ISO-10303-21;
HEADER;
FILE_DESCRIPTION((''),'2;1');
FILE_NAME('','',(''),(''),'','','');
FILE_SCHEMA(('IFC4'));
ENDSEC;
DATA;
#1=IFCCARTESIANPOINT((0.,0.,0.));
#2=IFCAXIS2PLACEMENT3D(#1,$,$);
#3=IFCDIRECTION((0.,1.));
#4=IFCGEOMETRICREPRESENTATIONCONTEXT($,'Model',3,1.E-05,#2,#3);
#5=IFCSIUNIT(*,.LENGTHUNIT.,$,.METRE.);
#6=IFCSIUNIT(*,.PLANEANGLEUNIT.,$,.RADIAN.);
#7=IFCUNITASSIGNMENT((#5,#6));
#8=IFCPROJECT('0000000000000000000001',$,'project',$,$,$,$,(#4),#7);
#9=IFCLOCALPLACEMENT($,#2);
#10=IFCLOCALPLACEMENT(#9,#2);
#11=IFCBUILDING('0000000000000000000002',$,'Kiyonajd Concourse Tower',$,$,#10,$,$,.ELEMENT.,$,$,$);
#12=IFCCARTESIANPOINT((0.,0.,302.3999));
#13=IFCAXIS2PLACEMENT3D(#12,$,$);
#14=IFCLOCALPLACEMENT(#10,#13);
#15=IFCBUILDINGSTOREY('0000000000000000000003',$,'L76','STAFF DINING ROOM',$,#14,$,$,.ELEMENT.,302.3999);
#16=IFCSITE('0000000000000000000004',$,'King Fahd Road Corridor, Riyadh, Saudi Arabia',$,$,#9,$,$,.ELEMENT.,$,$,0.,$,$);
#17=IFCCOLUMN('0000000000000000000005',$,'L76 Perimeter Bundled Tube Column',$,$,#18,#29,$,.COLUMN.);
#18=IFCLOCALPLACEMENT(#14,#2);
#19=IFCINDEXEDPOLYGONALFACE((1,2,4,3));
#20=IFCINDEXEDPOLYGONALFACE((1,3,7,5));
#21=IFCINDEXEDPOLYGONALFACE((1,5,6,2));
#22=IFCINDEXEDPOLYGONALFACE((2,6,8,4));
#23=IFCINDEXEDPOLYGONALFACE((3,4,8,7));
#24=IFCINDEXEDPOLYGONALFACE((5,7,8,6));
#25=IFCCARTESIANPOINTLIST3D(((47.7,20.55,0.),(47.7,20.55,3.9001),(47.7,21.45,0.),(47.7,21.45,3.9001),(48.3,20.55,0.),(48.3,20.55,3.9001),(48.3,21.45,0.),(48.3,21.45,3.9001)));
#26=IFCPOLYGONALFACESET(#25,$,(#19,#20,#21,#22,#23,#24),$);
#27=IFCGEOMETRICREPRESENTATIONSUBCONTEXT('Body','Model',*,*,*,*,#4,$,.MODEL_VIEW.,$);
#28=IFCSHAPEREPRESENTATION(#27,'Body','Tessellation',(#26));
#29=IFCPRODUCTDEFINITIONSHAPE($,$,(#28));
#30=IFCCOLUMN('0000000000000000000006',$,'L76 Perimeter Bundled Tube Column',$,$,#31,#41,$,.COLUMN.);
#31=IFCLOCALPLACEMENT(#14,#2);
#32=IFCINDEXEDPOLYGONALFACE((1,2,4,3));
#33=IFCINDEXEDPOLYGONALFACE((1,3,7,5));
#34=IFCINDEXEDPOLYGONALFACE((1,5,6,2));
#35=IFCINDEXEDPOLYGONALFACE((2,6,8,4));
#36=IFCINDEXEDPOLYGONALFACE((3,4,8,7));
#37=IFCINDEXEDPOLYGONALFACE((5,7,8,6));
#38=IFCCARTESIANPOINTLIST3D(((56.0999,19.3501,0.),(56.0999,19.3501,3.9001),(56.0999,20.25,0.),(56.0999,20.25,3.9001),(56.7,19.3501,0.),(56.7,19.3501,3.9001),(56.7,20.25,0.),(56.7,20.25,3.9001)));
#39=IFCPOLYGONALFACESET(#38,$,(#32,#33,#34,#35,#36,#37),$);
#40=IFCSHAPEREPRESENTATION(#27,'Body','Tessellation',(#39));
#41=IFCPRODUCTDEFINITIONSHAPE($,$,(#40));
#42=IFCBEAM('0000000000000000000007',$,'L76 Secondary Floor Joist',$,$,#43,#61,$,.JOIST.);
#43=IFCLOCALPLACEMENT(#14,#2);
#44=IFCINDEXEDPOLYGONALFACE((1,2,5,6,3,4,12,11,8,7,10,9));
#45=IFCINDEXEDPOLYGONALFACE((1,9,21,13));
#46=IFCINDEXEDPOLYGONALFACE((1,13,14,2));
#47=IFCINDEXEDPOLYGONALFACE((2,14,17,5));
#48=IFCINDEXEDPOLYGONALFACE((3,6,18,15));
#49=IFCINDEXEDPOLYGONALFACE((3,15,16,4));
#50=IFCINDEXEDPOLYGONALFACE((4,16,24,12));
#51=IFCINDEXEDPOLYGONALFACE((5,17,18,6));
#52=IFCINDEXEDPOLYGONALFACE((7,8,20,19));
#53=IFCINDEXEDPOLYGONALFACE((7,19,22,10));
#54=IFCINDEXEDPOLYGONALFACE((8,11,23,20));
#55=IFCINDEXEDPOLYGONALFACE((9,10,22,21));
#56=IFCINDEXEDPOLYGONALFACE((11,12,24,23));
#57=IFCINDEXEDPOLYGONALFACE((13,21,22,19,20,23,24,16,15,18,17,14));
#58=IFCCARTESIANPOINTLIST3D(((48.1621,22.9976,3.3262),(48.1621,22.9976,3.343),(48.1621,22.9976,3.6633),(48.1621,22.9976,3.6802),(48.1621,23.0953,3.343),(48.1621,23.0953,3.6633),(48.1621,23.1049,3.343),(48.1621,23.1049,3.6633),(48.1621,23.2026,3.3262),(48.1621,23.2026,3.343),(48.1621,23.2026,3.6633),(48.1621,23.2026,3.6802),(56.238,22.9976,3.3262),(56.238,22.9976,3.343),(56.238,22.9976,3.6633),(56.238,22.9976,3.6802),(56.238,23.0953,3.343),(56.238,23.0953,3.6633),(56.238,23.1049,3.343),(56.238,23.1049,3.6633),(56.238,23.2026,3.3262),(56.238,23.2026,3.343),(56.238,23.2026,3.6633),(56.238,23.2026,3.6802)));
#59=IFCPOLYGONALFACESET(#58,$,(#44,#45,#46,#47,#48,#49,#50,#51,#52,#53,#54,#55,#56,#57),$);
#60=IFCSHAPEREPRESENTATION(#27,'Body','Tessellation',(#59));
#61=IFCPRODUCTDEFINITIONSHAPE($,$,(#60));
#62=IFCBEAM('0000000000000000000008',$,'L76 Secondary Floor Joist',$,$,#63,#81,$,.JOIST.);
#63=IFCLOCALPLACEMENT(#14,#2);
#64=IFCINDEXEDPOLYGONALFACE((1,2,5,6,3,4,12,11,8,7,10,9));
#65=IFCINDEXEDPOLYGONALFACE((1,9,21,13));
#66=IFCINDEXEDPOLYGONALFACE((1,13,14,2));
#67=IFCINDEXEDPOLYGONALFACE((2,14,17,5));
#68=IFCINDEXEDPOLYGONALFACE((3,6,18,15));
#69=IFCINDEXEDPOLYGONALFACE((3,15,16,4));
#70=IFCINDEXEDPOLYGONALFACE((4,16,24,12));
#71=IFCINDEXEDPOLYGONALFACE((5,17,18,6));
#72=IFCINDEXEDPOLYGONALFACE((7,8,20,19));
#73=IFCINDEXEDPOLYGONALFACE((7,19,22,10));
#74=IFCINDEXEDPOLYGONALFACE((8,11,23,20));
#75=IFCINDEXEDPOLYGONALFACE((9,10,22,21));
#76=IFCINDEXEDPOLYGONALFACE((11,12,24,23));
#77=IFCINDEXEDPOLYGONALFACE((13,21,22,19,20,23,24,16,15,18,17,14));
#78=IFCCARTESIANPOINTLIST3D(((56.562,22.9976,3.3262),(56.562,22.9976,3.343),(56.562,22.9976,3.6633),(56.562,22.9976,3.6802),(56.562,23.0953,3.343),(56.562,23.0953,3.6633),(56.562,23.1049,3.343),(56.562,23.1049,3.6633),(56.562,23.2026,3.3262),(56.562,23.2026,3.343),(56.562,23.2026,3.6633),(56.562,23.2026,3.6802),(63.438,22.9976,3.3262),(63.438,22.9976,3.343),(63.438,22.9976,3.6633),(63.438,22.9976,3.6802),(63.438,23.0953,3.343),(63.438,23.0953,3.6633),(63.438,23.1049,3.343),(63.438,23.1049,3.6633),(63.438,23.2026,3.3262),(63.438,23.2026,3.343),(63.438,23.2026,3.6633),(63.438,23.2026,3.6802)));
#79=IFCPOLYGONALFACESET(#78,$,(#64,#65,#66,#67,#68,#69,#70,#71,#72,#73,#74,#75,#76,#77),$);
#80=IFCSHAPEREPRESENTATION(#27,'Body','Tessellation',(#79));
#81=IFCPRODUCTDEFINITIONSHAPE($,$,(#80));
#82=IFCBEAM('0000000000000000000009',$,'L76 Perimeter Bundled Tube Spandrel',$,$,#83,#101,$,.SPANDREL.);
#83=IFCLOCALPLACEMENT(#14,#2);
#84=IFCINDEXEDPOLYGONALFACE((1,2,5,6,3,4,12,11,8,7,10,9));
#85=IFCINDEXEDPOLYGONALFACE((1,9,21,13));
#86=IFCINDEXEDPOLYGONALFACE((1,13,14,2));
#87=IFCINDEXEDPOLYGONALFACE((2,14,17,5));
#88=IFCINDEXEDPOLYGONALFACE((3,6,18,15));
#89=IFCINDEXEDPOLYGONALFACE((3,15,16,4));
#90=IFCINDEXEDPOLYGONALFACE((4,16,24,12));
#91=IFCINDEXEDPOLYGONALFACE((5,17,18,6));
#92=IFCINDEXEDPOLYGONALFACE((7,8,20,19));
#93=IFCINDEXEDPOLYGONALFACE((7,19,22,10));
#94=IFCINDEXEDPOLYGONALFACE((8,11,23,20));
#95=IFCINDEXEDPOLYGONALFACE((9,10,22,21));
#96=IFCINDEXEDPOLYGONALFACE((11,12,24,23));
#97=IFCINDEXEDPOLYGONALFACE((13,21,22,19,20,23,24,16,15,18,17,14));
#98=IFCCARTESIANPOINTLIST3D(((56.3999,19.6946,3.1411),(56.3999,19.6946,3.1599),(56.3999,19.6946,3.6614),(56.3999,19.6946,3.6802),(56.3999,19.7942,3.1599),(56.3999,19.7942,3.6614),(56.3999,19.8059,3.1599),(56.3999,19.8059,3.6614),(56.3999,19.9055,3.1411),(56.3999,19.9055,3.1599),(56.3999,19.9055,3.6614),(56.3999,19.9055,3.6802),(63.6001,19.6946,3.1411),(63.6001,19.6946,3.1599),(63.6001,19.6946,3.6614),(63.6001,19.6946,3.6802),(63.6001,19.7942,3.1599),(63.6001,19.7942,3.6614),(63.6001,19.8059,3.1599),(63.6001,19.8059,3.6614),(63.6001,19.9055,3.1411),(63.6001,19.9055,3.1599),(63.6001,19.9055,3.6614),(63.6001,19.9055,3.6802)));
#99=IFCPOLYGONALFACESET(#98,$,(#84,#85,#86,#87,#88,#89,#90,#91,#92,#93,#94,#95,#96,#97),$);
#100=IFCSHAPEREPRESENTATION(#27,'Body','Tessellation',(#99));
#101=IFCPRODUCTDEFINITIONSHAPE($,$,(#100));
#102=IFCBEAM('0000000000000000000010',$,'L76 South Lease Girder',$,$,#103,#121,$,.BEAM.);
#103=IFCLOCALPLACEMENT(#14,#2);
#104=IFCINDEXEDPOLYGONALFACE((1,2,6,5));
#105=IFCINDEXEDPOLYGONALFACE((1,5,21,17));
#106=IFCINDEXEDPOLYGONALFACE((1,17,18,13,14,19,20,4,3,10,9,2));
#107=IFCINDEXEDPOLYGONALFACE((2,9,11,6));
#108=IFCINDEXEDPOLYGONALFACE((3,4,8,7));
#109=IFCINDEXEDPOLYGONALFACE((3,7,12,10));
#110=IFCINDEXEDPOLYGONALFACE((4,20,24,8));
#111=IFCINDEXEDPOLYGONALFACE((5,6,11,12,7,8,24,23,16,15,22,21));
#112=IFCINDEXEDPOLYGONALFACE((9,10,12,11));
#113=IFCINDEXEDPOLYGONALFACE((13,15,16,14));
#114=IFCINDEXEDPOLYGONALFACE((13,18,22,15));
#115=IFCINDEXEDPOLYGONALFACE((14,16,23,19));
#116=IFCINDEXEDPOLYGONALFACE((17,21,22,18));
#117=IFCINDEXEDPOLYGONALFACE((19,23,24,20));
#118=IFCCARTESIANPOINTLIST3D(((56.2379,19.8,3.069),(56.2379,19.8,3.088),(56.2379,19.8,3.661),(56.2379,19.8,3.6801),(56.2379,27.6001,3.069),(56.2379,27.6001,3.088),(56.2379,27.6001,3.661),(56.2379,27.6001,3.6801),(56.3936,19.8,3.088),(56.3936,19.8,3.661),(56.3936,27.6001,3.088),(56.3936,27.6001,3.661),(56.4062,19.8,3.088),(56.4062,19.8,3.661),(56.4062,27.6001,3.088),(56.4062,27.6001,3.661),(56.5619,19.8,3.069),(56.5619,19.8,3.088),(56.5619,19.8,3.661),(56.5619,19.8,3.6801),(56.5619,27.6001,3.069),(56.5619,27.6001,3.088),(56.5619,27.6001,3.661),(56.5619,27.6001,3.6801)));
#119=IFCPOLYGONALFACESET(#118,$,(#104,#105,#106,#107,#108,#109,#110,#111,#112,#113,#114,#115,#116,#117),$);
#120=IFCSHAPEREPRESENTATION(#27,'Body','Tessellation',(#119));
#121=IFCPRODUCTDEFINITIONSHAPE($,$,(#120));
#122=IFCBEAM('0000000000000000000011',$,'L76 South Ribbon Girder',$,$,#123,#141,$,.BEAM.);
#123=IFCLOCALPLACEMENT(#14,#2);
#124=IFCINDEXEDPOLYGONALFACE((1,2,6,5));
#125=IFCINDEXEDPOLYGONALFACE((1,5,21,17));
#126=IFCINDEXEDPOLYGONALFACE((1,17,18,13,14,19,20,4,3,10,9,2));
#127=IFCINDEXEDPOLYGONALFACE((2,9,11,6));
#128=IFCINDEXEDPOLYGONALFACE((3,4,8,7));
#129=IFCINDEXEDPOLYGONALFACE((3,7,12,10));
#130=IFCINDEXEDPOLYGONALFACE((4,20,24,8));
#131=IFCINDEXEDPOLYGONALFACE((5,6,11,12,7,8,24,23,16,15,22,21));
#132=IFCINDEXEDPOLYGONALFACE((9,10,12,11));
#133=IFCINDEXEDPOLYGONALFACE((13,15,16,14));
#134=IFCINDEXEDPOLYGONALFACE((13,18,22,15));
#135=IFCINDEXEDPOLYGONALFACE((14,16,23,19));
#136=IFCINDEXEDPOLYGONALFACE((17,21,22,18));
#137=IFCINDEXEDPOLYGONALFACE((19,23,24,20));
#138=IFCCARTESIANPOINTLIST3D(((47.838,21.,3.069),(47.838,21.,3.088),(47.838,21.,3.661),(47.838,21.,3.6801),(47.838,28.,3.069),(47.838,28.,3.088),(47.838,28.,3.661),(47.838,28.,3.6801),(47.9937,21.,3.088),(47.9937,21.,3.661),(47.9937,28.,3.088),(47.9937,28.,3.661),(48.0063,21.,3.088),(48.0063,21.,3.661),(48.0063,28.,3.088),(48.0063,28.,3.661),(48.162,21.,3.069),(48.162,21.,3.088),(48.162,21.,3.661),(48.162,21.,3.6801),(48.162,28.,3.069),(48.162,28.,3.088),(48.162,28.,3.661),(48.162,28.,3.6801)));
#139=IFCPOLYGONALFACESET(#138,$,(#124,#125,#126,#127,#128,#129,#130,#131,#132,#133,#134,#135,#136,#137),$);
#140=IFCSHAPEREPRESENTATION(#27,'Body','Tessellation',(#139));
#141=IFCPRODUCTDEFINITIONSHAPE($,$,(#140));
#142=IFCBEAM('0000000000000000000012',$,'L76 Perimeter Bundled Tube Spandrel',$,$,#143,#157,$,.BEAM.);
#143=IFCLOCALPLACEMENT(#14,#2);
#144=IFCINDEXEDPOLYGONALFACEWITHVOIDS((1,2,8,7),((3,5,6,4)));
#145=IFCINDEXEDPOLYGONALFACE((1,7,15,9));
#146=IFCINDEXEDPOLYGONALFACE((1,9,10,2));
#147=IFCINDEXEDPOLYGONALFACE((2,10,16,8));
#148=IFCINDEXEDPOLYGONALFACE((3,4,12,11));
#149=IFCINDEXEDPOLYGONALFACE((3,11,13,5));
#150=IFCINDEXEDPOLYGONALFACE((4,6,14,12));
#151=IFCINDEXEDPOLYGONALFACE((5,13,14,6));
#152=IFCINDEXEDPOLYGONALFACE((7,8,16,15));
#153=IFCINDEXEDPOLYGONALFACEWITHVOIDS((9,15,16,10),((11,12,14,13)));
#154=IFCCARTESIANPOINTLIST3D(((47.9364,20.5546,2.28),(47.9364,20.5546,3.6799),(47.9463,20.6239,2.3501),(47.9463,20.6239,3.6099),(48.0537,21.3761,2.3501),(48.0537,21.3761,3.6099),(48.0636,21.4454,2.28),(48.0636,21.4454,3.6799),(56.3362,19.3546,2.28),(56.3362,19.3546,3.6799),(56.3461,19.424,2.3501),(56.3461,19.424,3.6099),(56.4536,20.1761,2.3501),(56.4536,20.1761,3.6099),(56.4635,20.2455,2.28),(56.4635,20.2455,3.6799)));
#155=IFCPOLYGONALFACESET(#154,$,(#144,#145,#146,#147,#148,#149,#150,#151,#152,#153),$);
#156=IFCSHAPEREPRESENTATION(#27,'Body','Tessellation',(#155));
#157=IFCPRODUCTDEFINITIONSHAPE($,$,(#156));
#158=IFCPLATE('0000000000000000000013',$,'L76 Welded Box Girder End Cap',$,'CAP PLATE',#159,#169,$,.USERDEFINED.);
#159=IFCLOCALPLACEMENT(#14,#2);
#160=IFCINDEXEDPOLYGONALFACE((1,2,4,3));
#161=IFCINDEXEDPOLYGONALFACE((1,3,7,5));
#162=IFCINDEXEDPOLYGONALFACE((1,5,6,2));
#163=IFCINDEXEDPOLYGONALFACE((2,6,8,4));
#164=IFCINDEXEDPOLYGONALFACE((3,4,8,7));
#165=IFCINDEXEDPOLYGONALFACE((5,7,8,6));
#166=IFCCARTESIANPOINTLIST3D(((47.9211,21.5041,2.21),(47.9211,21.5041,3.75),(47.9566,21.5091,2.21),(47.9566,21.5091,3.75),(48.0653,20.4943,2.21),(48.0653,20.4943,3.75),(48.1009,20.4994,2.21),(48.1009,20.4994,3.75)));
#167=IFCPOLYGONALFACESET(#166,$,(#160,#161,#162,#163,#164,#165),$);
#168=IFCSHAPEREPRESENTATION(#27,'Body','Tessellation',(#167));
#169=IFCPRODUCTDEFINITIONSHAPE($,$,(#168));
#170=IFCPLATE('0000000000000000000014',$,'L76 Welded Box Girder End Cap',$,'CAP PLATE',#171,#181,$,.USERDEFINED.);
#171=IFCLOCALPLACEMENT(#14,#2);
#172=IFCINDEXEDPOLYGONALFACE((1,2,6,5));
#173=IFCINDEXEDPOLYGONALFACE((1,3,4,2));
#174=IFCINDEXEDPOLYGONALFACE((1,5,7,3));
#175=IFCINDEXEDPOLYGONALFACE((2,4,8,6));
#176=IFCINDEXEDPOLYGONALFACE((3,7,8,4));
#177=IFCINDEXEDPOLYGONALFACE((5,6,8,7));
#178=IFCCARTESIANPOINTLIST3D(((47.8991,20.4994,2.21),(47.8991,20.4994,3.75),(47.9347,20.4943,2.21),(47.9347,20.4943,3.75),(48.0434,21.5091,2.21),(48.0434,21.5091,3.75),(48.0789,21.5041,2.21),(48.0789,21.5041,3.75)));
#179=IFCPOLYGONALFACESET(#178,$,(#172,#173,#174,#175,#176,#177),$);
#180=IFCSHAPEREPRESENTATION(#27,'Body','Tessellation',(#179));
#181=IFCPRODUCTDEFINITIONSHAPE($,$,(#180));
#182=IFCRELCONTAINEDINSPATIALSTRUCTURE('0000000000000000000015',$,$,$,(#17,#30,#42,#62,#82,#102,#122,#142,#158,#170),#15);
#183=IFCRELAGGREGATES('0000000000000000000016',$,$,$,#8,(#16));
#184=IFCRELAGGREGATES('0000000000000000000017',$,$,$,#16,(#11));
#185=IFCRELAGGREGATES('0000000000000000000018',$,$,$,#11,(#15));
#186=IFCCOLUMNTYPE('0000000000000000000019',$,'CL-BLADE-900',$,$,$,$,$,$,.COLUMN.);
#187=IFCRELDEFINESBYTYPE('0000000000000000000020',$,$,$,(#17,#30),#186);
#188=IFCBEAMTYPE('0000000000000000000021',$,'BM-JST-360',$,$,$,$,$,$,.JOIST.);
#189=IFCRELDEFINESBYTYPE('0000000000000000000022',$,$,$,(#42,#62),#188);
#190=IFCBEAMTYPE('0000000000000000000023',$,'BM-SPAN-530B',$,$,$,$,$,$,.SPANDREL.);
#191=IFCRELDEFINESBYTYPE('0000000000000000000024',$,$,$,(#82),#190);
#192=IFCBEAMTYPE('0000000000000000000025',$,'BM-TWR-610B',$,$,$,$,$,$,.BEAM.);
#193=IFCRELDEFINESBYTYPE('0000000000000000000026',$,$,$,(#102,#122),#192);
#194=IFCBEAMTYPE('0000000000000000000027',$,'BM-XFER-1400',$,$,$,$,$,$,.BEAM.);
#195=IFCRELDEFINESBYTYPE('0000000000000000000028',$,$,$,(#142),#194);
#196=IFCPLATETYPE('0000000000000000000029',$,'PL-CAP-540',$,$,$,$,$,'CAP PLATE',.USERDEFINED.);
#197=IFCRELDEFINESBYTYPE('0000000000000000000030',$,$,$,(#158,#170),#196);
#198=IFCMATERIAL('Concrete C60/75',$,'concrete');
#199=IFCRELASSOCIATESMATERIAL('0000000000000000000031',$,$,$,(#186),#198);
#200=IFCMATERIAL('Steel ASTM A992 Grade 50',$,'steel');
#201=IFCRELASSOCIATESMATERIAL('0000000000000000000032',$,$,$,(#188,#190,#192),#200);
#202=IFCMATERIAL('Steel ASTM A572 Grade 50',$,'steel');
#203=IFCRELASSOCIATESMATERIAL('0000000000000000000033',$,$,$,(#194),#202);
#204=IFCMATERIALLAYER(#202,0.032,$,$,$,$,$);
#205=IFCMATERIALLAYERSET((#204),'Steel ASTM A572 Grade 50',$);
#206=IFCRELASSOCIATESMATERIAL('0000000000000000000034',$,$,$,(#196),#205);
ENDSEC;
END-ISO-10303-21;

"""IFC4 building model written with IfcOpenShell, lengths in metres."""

from ifc_helpers import new_model, si_unit, direction, frame, origin, origin_2d, place, context, subcontext, project, spatial, rectangle, hollow_rectangle, i_section, extrude, material, layer, layer_set, material_profile, profile_set, type_object, element, save


model = new_model("IFC4")

# Units and contexts
model_context = context("Model", 3, precision=1e-05, world=origin(), true_north=direction((0.0, 1.0)))
body_context = subcontext(model_context, "Body", "Model", "MODEL_VIEW")
ifc_project = project(units=[si_unit("LENGTHUNIT", "METRE"), si_unit("PLANEANGLEUNIT", "RADIAN")], contexts=[model_context])

# Site, building, storey
site_placement = place(None, origin())
site = spatial("IfcSite", under=ifc_project, at=site_placement, Name="King Fahd Road Corridor, Riyadh, Saudi Arabia", CompositionType="ELEMENT", RefElevation=0.0)
building_placement = place(site_placement, origin())
building = spatial("IfcBuilding", under=site, at=building_placement, Name="Kiyonajd Concourse Tower", CompositionType="ELEMENT")
storey_placement = place(building_placement, frame((0.0, 0.0, 302.3999)))
storey = spatial("IfcBuildingStorey", under=building, at=storey_placement, Name="L76", Description="STAFF DINING ROOM", CompositionType="ELEMENT", Elevation=302.3999)

# Columns
ifc_material_1 = material(Name="Concrete C60/75", Category="concrete")
ifc_material_profile_1 = material_profile(ifc_material_1, rectangle(XDim=0.6001, YDim=0.8999, at=origin_2d()), Name="RC-900x600")
ifc_profile_set_1 = profile_set([ifc_material_profile_1], Name="Concrete C60/75")
column_type = type_object("IfcColumnType", Name="CL-BLADE-900", PredefinedType="COLUMN", material=ifc_profile_set_1)
for number, where, z_axis, x_axis, name in (
    (1, (48.0, 21.0, 0.0), (0.0, 0.0, 1.0), (1.0, 0.0, 0.0), "L76 Perimeter Bundled Tube Column"),
    (2, (56.3999, 19.8, 0.0), (0.0, 0.0, 1.0), (1.0, 0.0, 0.0), "L76 Perimeter Bundled Tube Column"),
):
    element("IfcColumn", number, at=place(storey_placement, frame(where, z_axis=z_axis, x_axis=x_axis)), inside=storey, type_object=column_type, Name=name, PredefinedType="COLUMN", context=body_context, shape_type="SweptSolid", body=[
        extrude(rectangle(XDim=0.6001, YDim=0.8999, at=origin_2d()), origin(), (0.0, 0.0, 1.0), 3.9001),
    ])

# Beams
ifc_material_2 = material(Name="Steel ASTM A992 Grade 50", Category="steel")
ifc_material_profile_2 = material_profile(ifc_material_2, i_section(OverallWidth=0.2051, OverallDepth=0.354, WebThickness=0.0095, FlangeThickness=0.0168, at=origin_2d()), Name="W360X79")
ifc_profile_set_2 = profile_set([ifc_material_profile_2], Name="Steel ASTM A992 Grade 50")
beam_type_1 = type_object("IfcBeamType", Name="BM-JST-360", PredefinedType="JOIST", material=ifc_profile_set_2)
beam_1_placement = place(storey_placement, frame((48.1621, 23.1001, 3.5032), z_axis=(1.0, 0.0, 0.0), x_axis=(0.0, 1.0, 0.0)))
element("IfcBeam", 3, at=beam_1_placement, inside=storey, type_object=beam_type_1, Name="L76 Secondary Floor Joist", PredefinedType="JOIST", context=body_context, shape_type="SweptSolid", body=[
    extrude(i_section(OverallWidth=0.2051, OverallDepth=0.354, WebThickness=0.0095, FlangeThickness=0.0168, at=origin_2d()), origin(), (0.0, 0.0, 1.0), 8.0759),
])
beam_2_placement = place(storey_placement, frame((56.562, 23.1001, 3.5032), z_axis=(1.0, 0.0, 0.0), x_axis=(0.0, 1.0, 0.0)))
element("IfcBeam", 4, at=beam_2_placement, inside=storey, type_object=beam_type_1, Name="L76 Secondary Floor Joist", PredefinedType="JOIST", context=body_context, shape_type="SweptSolid", body=[
    extrude(i_section(OverallWidth=0.2051, OverallDepth=0.354, WebThickness=0.0095, FlangeThickness=0.0168, at=origin_2d()), origin(), (0.0, 0.0, 1.0), 6.876),
])
ifc_material_profile_3 = material_profile(ifc_material_2, i_section(OverallWidth=0.2109, OverallDepth=0.5391, WebThickness=0.0117, FlangeThickness=0.0188, at=origin_2d()), Name="W530X109")
ifc_profile_set_3 = profile_set([ifc_material_profile_3], Name="Steel ASTM A992 Grade 50")
beam_type_2 = type_object("IfcBeamType", Name="BM-SPAN-530B", PredefinedType="SPANDREL", material=ifc_profile_set_3)
beam_3_placement = place(storey_placement, frame((56.3999, 19.8, 3.4106), z_axis=(1.0, 0.0, 0.0), x_axis=(0.0, 1.0, 0.0)))
element("IfcBeam", 5, at=beam_3_placement, inside=storey, type_object=beam_type_2, Name="L76 Perimeter Bundled Tube Spandrel", PredefinedType="SPANDREL", context=body_context, shape_type="SweptSolid", body=[
    extrude(i_section(OverallWidth=0.2109, OverallDepth=0.5391, WebThickness=0.0117, FlangeThickness=0.0188, at=origin_2d()), origin(), (0.0, 0.0, 1.0), 7.2002),
])
ifc_material_profile_4 = material_profile(ifc_material_2, i_section(OverallWidth=0.324, OverallDepth=0.6111, WebThickness=0.0127, FlangeThickness=0.019, at=origin_2d()), Name="W610X155")
ifc_profile_set_4 = profile_set([ifc_material_profile_4], Name="Steel ASTM A992 Grade 50")
beam_type_3 = type_object("IfcBeamType", Name="BM-TWR-610B", PredefinedType="BEAM", material=ifc_profile_set_4)
beam_4_placement = place(storey_placement, frame((56.3999, 19.8, 3.3745), z_axis=(0.0, 1.0, 0.0), x_axis=(-1.0, 0.0, 0.0)))
element("IfcBeam", 6, at=beam_4_placement, inside=storey, type_object=beam_type_3, Name="L76 South Lease Girder", PredefinedType="BEAM", context=body_context, shape_type="SweptSolid", body=[
    extrude(i_section(OverallWidth=0.324, OverallDepth=0.6111, WebThickness=0.0127, FlangeThickness=0.019, at=origin_2d()), origin(), (0.0, 0.0, 1.0), 7.8),
])
beam_5_placement = place(storey_placement, frame((48.0, 21.0, 3.3745), z_axis=(0.0, 1.0, 0.0), x_axis=(-1.0, 0.0, 0.0)))
element("IfcBeam", 7, at=beam_5_placement, inside=storey, type_object=beam_type_3, Name="L76 South Ribbon Girder", PredefinedType="BEAM", context=body_context, shape_type="SweptSolid", body=[
    extrude(i_section(OverallWidth=0.324, OverallDepth=0.6111, WebThickness=0.0127, FlangeThickness=0.019, at=origin_2d()), origin(), (0.0, 0.0, 1.0), 7.0),
])
ifc_material_3 = material(Name="Steel ASTM A572 Grade 50", Category="steel")
ifc_material_profile_5 = material_profile(ifc_material_3, hollow_rectangle(XDim=0.8999, YDim=1.3999, WallThickness=0.0701, at=origin_2d()), Name="BOX-1400x900x70")
ifc_profile_set_5 = profile_set([ifc_material_profile_5], Name="Steel ASTM A572 Grade 50")
beam_type_4 = type_object("IfcBeamType", Name="BM-XFER-1400", PredefinedType="BEAM", material=ifc_profile_set_5)
beam_6_placement = place(storey_placement, frame((48.0, 21.0, 2.98), z_axis=(0.98995, -0.141417, 0.0), x_axis=(0.141417, 0.98995, 0.0)))
element("IfcBeam", 8, at=beam_6_placement, inside=storey, type_object=beam_type_4, Name="L76 Perimeter Bundled Tube Spandrel", PredefinedType="BEAM", context=body_context, shape_type="SweptSolid", body=[
    extrude(hollow_rectangle(XDim=0.8999, YDim=1.3999, WallThickness=0.0701, at=origin_2d()), origin(), (0.0, 0.0, 1.0), 8.4851),
])

# Plates
ifc_layer_1 = layer(ifc_material_3, 0.032)
ifc_layer_set_1 = layer_set([ifc_layer_1], Name="Steel ASTM A572 Grade 50")
plate_type_1 = type_object("IfcPlateType", Name="PL-CAP-540", ElementType="CAP PLATE", PredefinedType="USERDEFINED", material=ifc_layer_set_1)
for number, where, z_axis, x_axis, name in (
    (9, (48.011, 21.0017, 2.21), (0.0, 0.0, 1.0), (0.98995, 0.14142, 0.0), "L76 Welded Box Girder End Cap"),
    (10, (47.989, 21.0017, 2.21), (0.0, 0.0, 1.0), (-0.98995, 0.14142, 0.0), "L76 Welded Box Girder End Cap"),
):
    element("IfcPlate", number, at=place(storey_placement, frame(where, z_axis=z_axis, x_axis=x_axis)), inside=storey, type_object=plate_type_1, Name=name, ObjectType="CAP PLATE", PredefinedType="USERDEFINED", context=body_context, shape_type="SweptSolid", body=[
        extrude(rectangle(XDim=0.0359, YDim=1.02, at=origin_2d()), origin(), (0.0, 0.0, 1.0), 1.54),
    ])

save(model, "model.ifc")
